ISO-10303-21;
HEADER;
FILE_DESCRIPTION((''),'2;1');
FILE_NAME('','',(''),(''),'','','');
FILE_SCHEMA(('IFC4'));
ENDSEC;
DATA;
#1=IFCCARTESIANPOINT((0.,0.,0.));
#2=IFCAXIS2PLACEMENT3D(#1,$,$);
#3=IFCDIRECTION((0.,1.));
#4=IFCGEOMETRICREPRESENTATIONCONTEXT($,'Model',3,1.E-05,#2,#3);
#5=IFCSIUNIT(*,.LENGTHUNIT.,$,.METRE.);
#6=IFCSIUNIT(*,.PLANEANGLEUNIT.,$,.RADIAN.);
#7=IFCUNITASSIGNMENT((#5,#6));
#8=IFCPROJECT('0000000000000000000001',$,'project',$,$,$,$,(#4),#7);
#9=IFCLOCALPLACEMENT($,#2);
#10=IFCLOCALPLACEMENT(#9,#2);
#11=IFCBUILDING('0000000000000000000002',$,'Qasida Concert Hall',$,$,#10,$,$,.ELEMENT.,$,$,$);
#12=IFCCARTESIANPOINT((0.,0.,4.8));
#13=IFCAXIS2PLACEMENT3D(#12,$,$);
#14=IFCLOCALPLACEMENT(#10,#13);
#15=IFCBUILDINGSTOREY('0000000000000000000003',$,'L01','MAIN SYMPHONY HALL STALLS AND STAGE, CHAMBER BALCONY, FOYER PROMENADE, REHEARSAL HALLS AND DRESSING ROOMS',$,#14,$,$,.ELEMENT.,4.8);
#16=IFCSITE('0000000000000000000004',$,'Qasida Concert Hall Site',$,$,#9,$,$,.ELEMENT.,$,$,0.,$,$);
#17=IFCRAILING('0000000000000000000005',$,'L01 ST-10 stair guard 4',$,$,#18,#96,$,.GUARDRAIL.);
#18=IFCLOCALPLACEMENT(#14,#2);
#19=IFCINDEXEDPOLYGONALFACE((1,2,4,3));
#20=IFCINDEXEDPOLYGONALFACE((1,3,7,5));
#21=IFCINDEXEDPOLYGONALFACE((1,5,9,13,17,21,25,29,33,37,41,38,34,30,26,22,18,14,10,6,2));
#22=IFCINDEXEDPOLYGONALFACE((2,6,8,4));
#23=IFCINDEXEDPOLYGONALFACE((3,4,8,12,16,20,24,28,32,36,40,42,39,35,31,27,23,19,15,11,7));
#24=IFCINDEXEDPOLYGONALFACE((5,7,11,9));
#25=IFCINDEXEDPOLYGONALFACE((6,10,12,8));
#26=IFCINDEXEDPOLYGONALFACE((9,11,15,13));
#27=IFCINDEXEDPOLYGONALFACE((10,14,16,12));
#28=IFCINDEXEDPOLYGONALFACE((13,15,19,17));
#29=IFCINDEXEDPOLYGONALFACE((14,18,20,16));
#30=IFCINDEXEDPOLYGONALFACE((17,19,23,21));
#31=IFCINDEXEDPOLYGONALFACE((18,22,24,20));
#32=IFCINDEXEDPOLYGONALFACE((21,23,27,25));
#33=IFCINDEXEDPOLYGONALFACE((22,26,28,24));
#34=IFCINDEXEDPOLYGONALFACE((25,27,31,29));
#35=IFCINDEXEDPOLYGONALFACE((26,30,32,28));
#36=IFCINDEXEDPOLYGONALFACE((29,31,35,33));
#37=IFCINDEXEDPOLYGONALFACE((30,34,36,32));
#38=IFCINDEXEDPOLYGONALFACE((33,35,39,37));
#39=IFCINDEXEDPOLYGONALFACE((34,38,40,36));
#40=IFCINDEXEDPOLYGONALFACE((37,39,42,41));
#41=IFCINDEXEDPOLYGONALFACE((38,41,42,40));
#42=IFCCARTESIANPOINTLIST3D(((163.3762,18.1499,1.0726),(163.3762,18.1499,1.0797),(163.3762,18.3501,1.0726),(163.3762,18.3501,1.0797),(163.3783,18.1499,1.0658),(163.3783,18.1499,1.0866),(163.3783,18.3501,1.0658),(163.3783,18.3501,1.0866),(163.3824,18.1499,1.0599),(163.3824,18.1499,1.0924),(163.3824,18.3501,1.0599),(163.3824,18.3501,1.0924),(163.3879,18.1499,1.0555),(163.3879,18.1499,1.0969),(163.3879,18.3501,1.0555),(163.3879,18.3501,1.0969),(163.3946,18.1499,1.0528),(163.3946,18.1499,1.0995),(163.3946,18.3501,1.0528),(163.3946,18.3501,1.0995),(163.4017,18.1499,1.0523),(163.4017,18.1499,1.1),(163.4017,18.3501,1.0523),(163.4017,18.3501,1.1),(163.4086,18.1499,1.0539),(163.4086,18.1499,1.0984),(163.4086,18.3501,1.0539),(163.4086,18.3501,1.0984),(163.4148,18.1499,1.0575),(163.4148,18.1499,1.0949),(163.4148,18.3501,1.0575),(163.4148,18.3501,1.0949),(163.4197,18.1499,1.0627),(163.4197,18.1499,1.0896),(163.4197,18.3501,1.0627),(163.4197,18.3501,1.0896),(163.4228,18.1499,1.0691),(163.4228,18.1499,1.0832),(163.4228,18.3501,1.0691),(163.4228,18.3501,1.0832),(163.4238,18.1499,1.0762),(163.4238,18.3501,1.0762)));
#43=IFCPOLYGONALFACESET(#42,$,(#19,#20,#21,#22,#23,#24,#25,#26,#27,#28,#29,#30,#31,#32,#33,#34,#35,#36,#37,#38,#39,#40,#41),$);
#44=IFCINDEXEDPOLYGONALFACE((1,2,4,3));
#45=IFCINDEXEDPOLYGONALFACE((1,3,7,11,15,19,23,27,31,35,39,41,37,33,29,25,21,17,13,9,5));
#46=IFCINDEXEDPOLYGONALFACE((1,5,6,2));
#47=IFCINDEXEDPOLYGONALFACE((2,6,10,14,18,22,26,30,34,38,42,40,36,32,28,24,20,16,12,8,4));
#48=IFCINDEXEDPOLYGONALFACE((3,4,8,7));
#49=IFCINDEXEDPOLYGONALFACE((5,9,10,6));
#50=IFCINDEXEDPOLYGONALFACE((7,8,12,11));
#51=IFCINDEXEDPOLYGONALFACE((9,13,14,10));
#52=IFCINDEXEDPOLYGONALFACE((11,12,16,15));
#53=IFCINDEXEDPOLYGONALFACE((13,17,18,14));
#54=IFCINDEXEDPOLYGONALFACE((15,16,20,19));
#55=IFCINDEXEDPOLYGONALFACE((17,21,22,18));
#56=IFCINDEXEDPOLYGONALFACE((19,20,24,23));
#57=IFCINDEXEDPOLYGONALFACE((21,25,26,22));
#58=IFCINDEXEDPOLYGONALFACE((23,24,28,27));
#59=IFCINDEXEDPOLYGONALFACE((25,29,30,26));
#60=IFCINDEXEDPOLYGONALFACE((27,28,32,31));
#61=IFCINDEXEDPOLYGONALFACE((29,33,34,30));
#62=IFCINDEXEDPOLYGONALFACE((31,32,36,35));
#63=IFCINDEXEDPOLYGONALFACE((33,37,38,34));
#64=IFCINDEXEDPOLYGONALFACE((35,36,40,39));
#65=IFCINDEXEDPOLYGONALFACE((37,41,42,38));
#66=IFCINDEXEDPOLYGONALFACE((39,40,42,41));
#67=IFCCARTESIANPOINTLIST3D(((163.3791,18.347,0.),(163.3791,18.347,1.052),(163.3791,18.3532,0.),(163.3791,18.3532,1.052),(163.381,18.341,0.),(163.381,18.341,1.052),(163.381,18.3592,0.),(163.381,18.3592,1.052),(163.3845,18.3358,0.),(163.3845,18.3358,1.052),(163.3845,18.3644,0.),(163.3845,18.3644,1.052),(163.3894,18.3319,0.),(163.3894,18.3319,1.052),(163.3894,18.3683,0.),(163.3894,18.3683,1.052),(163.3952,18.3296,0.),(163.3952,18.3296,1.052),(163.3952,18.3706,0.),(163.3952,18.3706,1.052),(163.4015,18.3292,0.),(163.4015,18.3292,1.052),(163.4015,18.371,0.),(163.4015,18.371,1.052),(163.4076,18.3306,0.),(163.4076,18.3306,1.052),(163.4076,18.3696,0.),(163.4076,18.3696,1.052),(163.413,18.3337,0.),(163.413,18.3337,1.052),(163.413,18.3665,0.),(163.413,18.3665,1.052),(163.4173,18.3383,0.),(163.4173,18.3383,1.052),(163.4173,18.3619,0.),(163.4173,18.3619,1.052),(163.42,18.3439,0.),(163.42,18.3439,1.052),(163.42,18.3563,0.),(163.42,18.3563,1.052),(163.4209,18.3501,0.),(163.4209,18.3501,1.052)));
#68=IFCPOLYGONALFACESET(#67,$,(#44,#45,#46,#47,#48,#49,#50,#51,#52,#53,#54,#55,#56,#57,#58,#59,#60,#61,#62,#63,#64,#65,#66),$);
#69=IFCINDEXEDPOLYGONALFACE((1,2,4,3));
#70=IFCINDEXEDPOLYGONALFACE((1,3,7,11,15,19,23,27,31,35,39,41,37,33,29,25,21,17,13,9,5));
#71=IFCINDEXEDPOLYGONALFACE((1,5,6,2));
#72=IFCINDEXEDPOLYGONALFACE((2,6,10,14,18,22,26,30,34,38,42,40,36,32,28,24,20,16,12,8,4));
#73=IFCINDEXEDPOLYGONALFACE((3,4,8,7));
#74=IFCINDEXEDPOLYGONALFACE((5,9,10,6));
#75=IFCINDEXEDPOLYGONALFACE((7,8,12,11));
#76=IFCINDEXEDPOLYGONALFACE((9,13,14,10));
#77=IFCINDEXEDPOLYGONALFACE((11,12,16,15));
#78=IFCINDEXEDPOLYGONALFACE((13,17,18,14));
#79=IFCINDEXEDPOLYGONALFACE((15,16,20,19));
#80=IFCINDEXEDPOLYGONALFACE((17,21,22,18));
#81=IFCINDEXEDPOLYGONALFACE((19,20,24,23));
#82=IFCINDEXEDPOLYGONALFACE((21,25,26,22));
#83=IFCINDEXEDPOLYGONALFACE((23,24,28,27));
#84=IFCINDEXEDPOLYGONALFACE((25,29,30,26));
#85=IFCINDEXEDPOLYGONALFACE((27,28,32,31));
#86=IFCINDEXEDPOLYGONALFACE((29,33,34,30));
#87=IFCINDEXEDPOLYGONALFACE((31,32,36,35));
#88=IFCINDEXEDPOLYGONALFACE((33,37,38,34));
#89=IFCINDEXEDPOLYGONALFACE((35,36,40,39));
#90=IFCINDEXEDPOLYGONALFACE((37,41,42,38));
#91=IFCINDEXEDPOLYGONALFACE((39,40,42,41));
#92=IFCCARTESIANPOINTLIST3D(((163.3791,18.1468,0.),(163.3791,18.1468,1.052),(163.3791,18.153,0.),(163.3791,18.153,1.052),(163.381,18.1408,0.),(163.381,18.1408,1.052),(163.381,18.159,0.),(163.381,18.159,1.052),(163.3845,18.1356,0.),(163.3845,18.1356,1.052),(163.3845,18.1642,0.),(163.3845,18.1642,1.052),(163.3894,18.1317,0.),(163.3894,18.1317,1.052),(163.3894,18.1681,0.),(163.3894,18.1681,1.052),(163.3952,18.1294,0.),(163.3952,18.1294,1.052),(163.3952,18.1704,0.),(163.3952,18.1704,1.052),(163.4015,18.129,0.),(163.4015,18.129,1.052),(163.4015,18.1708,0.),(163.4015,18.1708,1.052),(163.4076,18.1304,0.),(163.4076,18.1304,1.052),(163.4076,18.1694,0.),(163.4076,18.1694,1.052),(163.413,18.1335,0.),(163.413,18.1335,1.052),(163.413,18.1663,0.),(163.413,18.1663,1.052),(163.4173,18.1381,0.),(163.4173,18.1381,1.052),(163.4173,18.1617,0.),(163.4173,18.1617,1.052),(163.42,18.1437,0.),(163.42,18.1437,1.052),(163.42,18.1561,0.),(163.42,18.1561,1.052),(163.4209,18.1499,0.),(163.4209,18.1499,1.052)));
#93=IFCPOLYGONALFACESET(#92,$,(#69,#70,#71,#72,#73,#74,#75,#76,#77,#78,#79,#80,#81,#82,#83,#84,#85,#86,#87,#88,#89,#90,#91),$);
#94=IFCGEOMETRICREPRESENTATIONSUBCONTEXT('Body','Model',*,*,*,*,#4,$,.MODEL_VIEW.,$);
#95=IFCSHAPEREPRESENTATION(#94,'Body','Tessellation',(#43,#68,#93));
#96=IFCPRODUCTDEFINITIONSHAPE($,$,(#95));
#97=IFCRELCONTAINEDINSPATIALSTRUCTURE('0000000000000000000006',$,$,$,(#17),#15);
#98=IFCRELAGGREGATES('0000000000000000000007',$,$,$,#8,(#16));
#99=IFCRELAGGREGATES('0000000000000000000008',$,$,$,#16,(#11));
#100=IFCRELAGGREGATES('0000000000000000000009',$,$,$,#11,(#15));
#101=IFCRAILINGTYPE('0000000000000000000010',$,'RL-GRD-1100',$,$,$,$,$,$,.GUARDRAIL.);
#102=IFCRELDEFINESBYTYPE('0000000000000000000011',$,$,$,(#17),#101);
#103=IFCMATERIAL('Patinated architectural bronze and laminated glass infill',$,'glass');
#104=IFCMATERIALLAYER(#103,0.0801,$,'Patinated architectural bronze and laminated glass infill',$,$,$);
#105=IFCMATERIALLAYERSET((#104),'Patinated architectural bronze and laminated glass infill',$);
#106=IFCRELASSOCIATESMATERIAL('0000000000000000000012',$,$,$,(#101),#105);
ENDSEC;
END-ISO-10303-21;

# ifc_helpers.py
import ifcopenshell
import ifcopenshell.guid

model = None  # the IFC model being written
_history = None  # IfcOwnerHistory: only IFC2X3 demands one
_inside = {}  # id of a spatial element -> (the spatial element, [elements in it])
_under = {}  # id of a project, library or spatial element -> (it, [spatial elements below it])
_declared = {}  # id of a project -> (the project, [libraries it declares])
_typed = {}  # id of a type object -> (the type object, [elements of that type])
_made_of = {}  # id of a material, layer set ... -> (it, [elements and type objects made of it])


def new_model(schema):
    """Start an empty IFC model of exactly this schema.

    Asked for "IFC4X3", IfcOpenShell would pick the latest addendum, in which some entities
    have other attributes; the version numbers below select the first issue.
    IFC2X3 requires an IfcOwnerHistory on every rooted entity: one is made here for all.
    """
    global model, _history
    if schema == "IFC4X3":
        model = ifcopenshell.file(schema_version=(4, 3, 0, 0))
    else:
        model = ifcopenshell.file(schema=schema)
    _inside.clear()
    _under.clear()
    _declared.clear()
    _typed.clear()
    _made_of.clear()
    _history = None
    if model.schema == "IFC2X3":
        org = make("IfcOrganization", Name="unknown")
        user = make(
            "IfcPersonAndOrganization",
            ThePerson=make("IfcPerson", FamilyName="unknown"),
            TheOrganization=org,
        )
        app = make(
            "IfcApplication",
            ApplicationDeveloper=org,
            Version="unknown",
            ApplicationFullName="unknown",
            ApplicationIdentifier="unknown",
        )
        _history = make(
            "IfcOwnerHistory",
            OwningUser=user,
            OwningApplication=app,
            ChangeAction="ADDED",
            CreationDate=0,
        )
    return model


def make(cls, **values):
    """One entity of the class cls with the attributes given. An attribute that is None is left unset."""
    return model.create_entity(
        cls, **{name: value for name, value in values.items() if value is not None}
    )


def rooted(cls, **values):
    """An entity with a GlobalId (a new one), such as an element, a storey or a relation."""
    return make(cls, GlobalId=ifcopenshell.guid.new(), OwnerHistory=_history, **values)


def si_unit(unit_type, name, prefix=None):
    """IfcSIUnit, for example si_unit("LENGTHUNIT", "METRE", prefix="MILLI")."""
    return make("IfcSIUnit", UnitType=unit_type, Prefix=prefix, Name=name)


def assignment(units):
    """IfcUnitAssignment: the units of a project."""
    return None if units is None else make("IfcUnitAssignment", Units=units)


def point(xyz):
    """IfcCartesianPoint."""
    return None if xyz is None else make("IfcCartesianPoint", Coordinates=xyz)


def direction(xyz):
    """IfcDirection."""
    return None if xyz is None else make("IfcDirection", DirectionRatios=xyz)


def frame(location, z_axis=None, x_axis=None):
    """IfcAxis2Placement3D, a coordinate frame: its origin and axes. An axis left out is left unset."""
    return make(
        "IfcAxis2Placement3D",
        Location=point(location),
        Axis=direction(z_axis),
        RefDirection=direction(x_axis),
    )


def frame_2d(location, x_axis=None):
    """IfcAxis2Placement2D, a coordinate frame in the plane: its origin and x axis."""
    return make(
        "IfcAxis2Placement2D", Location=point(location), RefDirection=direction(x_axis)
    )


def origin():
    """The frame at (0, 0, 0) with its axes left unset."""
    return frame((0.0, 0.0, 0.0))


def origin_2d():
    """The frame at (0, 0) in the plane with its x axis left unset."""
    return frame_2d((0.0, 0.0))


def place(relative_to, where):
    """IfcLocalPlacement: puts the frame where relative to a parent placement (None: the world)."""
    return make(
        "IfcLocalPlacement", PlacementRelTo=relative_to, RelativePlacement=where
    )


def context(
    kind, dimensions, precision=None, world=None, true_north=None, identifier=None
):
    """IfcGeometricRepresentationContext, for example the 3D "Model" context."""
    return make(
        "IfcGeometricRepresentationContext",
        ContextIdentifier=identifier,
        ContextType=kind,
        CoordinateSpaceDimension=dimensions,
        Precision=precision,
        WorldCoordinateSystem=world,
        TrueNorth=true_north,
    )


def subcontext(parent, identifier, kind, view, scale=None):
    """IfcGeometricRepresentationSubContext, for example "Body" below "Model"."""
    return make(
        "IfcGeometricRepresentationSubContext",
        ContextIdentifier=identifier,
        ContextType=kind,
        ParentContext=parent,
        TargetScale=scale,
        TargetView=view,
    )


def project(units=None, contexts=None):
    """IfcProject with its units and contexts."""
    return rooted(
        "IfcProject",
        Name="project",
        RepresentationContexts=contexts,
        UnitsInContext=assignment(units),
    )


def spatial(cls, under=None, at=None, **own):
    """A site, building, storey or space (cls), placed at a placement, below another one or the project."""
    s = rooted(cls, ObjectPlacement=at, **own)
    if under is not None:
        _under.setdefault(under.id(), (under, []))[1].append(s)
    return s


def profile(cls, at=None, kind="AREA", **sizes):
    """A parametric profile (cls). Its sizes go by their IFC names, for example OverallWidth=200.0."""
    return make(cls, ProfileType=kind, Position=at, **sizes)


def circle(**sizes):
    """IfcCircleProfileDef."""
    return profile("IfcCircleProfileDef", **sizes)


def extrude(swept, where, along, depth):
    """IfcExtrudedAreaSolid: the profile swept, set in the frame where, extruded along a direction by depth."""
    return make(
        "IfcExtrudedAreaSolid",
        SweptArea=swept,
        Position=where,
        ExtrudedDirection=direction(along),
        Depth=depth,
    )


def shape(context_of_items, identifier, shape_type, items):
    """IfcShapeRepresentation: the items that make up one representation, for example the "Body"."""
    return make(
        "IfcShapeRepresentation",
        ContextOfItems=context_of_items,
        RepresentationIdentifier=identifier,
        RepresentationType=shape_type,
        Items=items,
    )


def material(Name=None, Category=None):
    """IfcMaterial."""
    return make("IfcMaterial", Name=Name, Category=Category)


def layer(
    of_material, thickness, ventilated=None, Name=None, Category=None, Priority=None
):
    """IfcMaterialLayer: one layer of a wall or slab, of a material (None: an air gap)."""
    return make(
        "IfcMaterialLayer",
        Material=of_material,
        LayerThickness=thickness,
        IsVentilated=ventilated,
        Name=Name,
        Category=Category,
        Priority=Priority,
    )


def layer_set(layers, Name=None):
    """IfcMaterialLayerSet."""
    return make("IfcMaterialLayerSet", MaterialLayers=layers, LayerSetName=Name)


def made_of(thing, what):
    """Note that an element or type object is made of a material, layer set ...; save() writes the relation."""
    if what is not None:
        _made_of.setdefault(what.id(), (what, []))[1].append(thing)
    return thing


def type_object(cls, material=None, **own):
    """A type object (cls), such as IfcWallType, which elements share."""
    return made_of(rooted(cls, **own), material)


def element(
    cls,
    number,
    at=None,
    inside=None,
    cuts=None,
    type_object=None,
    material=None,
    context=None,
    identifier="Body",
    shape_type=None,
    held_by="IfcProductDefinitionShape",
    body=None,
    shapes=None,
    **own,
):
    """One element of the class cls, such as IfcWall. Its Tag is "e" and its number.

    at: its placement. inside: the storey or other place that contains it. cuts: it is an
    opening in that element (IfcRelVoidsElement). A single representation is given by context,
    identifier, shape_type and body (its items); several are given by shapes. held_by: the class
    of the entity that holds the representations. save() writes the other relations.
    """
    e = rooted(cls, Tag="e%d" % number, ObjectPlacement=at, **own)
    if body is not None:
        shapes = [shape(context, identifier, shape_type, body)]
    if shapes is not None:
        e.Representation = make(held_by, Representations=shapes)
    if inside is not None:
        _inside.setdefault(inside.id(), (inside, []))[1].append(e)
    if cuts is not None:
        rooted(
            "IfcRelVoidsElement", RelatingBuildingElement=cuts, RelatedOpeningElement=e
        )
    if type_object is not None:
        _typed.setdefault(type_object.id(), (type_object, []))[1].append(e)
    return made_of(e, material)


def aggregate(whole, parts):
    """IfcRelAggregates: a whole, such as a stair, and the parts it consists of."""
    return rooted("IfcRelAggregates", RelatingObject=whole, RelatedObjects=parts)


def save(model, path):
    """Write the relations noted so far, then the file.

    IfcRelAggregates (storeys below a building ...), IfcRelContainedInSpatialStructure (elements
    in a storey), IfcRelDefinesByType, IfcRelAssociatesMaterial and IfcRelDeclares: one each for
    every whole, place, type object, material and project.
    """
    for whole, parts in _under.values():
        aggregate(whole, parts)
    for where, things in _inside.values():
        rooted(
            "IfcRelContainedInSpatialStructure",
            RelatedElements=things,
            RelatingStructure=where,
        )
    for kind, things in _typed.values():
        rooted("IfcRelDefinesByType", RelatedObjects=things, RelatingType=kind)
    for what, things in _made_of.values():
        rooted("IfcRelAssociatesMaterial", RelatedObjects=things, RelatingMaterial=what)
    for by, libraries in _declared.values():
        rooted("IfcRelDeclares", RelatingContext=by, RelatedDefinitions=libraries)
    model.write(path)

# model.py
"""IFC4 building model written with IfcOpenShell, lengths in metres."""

from ifc_helpers import new_model, si_unit, direction, frame, origin, origin_2d, place, context, subcontext, project, spatial, circle, extrude, material, layer, layer_set, type_object, element, save


model = new_model("IFC4")

# Units and contexts
model_context = context("Model", 3, precision=1e-05, world=origin(), true_north=direction((0.0, 1.0)))
body_context = subcontext(model_context, "Body", "Model", "MODEL_VIEW")
ifc_project = project(units=[si_unit("LENGTHUNIT", "METRE"), si_unit("PLANEANGLEUNIT", "RADIAN")], contexts=[model_context])

# Site, building, storey
site_placement = place(None, origin())
site = spatial("IfcSite", under=ifc_project, at=site_placement, Name="Qasida Concert Hall Site", CompositionType="ELEMENT", RefElevation=0.0)
building_placement = place(site_placement, origin())
building = spatial("IfcBuilding", under=site, at=building_placement, Name="Qasida Concert Hall", CompositionType="ELEMENT")
storey_placement = place(building_placement, frame((0.0, 0.0, 4.8)))
storey = spatial("IfcBuildingStorey", under=building, at=storey_placement, Name="L01", Description="MAIN SYMPHONY HALL STALLS AND STAGE, CHAMBER BALCONY, FOYER PROMENADE, REHEARSAL HALLS AND DRESSING ROOMS", CompositionType="ELEMENT", Elevation=4.8)

# Railing
ifc_material_1 = material(Name="Patinated architectural bronze and laminated glass infill", Category="glass")
ifc_layer_1 = layer(ifc_material_1, 0.0801, Name="Patinated architectural bronze and laminated glass infill")
ifc_layer_set_1 = layer_set([ifc_layer_1], Name="Patinated architectural bronze and laminated glass infill")
railing_type_1 = type_object("IfcRailingType", Name="RL-GRD-1100", PredefinedType="GUARDRAIL", material=ifc_layer_set_1)
railing_1_placement = place(storey_placement, frame((163.3999, 18.3501, 0.0)))
element("IfcRailing", 1, at=railing_1_placement, inside=storey, type_object=railing_type_1, Name="L01 ST-10 stair guard 4", PredefinedType="GUARDRAIL", context=body_context, shape_type="SweptSolid", body=[
    extrude(circle(Radius=0.0239, at=origin_2d()), frame((0.0, 0.0, 1.0762), z_axis=(0.0, -1.0, 0.0), x_axis=(1.0, 0.0, 0.0)), (0.0, 0.0, 1.0), 0.2002),
    extrude(circle(Radius=0.021, at=origin_2d()), origin(), (0.0, 0.0, 1.0), 1.052),
    extrude(circle(Radius=0.021, at=origin_2d()), frame((0.0, -0.2002, 0.0)), (0.0, 0.0, 1.0), 1.052),
])

save(model, "model.ifc")
